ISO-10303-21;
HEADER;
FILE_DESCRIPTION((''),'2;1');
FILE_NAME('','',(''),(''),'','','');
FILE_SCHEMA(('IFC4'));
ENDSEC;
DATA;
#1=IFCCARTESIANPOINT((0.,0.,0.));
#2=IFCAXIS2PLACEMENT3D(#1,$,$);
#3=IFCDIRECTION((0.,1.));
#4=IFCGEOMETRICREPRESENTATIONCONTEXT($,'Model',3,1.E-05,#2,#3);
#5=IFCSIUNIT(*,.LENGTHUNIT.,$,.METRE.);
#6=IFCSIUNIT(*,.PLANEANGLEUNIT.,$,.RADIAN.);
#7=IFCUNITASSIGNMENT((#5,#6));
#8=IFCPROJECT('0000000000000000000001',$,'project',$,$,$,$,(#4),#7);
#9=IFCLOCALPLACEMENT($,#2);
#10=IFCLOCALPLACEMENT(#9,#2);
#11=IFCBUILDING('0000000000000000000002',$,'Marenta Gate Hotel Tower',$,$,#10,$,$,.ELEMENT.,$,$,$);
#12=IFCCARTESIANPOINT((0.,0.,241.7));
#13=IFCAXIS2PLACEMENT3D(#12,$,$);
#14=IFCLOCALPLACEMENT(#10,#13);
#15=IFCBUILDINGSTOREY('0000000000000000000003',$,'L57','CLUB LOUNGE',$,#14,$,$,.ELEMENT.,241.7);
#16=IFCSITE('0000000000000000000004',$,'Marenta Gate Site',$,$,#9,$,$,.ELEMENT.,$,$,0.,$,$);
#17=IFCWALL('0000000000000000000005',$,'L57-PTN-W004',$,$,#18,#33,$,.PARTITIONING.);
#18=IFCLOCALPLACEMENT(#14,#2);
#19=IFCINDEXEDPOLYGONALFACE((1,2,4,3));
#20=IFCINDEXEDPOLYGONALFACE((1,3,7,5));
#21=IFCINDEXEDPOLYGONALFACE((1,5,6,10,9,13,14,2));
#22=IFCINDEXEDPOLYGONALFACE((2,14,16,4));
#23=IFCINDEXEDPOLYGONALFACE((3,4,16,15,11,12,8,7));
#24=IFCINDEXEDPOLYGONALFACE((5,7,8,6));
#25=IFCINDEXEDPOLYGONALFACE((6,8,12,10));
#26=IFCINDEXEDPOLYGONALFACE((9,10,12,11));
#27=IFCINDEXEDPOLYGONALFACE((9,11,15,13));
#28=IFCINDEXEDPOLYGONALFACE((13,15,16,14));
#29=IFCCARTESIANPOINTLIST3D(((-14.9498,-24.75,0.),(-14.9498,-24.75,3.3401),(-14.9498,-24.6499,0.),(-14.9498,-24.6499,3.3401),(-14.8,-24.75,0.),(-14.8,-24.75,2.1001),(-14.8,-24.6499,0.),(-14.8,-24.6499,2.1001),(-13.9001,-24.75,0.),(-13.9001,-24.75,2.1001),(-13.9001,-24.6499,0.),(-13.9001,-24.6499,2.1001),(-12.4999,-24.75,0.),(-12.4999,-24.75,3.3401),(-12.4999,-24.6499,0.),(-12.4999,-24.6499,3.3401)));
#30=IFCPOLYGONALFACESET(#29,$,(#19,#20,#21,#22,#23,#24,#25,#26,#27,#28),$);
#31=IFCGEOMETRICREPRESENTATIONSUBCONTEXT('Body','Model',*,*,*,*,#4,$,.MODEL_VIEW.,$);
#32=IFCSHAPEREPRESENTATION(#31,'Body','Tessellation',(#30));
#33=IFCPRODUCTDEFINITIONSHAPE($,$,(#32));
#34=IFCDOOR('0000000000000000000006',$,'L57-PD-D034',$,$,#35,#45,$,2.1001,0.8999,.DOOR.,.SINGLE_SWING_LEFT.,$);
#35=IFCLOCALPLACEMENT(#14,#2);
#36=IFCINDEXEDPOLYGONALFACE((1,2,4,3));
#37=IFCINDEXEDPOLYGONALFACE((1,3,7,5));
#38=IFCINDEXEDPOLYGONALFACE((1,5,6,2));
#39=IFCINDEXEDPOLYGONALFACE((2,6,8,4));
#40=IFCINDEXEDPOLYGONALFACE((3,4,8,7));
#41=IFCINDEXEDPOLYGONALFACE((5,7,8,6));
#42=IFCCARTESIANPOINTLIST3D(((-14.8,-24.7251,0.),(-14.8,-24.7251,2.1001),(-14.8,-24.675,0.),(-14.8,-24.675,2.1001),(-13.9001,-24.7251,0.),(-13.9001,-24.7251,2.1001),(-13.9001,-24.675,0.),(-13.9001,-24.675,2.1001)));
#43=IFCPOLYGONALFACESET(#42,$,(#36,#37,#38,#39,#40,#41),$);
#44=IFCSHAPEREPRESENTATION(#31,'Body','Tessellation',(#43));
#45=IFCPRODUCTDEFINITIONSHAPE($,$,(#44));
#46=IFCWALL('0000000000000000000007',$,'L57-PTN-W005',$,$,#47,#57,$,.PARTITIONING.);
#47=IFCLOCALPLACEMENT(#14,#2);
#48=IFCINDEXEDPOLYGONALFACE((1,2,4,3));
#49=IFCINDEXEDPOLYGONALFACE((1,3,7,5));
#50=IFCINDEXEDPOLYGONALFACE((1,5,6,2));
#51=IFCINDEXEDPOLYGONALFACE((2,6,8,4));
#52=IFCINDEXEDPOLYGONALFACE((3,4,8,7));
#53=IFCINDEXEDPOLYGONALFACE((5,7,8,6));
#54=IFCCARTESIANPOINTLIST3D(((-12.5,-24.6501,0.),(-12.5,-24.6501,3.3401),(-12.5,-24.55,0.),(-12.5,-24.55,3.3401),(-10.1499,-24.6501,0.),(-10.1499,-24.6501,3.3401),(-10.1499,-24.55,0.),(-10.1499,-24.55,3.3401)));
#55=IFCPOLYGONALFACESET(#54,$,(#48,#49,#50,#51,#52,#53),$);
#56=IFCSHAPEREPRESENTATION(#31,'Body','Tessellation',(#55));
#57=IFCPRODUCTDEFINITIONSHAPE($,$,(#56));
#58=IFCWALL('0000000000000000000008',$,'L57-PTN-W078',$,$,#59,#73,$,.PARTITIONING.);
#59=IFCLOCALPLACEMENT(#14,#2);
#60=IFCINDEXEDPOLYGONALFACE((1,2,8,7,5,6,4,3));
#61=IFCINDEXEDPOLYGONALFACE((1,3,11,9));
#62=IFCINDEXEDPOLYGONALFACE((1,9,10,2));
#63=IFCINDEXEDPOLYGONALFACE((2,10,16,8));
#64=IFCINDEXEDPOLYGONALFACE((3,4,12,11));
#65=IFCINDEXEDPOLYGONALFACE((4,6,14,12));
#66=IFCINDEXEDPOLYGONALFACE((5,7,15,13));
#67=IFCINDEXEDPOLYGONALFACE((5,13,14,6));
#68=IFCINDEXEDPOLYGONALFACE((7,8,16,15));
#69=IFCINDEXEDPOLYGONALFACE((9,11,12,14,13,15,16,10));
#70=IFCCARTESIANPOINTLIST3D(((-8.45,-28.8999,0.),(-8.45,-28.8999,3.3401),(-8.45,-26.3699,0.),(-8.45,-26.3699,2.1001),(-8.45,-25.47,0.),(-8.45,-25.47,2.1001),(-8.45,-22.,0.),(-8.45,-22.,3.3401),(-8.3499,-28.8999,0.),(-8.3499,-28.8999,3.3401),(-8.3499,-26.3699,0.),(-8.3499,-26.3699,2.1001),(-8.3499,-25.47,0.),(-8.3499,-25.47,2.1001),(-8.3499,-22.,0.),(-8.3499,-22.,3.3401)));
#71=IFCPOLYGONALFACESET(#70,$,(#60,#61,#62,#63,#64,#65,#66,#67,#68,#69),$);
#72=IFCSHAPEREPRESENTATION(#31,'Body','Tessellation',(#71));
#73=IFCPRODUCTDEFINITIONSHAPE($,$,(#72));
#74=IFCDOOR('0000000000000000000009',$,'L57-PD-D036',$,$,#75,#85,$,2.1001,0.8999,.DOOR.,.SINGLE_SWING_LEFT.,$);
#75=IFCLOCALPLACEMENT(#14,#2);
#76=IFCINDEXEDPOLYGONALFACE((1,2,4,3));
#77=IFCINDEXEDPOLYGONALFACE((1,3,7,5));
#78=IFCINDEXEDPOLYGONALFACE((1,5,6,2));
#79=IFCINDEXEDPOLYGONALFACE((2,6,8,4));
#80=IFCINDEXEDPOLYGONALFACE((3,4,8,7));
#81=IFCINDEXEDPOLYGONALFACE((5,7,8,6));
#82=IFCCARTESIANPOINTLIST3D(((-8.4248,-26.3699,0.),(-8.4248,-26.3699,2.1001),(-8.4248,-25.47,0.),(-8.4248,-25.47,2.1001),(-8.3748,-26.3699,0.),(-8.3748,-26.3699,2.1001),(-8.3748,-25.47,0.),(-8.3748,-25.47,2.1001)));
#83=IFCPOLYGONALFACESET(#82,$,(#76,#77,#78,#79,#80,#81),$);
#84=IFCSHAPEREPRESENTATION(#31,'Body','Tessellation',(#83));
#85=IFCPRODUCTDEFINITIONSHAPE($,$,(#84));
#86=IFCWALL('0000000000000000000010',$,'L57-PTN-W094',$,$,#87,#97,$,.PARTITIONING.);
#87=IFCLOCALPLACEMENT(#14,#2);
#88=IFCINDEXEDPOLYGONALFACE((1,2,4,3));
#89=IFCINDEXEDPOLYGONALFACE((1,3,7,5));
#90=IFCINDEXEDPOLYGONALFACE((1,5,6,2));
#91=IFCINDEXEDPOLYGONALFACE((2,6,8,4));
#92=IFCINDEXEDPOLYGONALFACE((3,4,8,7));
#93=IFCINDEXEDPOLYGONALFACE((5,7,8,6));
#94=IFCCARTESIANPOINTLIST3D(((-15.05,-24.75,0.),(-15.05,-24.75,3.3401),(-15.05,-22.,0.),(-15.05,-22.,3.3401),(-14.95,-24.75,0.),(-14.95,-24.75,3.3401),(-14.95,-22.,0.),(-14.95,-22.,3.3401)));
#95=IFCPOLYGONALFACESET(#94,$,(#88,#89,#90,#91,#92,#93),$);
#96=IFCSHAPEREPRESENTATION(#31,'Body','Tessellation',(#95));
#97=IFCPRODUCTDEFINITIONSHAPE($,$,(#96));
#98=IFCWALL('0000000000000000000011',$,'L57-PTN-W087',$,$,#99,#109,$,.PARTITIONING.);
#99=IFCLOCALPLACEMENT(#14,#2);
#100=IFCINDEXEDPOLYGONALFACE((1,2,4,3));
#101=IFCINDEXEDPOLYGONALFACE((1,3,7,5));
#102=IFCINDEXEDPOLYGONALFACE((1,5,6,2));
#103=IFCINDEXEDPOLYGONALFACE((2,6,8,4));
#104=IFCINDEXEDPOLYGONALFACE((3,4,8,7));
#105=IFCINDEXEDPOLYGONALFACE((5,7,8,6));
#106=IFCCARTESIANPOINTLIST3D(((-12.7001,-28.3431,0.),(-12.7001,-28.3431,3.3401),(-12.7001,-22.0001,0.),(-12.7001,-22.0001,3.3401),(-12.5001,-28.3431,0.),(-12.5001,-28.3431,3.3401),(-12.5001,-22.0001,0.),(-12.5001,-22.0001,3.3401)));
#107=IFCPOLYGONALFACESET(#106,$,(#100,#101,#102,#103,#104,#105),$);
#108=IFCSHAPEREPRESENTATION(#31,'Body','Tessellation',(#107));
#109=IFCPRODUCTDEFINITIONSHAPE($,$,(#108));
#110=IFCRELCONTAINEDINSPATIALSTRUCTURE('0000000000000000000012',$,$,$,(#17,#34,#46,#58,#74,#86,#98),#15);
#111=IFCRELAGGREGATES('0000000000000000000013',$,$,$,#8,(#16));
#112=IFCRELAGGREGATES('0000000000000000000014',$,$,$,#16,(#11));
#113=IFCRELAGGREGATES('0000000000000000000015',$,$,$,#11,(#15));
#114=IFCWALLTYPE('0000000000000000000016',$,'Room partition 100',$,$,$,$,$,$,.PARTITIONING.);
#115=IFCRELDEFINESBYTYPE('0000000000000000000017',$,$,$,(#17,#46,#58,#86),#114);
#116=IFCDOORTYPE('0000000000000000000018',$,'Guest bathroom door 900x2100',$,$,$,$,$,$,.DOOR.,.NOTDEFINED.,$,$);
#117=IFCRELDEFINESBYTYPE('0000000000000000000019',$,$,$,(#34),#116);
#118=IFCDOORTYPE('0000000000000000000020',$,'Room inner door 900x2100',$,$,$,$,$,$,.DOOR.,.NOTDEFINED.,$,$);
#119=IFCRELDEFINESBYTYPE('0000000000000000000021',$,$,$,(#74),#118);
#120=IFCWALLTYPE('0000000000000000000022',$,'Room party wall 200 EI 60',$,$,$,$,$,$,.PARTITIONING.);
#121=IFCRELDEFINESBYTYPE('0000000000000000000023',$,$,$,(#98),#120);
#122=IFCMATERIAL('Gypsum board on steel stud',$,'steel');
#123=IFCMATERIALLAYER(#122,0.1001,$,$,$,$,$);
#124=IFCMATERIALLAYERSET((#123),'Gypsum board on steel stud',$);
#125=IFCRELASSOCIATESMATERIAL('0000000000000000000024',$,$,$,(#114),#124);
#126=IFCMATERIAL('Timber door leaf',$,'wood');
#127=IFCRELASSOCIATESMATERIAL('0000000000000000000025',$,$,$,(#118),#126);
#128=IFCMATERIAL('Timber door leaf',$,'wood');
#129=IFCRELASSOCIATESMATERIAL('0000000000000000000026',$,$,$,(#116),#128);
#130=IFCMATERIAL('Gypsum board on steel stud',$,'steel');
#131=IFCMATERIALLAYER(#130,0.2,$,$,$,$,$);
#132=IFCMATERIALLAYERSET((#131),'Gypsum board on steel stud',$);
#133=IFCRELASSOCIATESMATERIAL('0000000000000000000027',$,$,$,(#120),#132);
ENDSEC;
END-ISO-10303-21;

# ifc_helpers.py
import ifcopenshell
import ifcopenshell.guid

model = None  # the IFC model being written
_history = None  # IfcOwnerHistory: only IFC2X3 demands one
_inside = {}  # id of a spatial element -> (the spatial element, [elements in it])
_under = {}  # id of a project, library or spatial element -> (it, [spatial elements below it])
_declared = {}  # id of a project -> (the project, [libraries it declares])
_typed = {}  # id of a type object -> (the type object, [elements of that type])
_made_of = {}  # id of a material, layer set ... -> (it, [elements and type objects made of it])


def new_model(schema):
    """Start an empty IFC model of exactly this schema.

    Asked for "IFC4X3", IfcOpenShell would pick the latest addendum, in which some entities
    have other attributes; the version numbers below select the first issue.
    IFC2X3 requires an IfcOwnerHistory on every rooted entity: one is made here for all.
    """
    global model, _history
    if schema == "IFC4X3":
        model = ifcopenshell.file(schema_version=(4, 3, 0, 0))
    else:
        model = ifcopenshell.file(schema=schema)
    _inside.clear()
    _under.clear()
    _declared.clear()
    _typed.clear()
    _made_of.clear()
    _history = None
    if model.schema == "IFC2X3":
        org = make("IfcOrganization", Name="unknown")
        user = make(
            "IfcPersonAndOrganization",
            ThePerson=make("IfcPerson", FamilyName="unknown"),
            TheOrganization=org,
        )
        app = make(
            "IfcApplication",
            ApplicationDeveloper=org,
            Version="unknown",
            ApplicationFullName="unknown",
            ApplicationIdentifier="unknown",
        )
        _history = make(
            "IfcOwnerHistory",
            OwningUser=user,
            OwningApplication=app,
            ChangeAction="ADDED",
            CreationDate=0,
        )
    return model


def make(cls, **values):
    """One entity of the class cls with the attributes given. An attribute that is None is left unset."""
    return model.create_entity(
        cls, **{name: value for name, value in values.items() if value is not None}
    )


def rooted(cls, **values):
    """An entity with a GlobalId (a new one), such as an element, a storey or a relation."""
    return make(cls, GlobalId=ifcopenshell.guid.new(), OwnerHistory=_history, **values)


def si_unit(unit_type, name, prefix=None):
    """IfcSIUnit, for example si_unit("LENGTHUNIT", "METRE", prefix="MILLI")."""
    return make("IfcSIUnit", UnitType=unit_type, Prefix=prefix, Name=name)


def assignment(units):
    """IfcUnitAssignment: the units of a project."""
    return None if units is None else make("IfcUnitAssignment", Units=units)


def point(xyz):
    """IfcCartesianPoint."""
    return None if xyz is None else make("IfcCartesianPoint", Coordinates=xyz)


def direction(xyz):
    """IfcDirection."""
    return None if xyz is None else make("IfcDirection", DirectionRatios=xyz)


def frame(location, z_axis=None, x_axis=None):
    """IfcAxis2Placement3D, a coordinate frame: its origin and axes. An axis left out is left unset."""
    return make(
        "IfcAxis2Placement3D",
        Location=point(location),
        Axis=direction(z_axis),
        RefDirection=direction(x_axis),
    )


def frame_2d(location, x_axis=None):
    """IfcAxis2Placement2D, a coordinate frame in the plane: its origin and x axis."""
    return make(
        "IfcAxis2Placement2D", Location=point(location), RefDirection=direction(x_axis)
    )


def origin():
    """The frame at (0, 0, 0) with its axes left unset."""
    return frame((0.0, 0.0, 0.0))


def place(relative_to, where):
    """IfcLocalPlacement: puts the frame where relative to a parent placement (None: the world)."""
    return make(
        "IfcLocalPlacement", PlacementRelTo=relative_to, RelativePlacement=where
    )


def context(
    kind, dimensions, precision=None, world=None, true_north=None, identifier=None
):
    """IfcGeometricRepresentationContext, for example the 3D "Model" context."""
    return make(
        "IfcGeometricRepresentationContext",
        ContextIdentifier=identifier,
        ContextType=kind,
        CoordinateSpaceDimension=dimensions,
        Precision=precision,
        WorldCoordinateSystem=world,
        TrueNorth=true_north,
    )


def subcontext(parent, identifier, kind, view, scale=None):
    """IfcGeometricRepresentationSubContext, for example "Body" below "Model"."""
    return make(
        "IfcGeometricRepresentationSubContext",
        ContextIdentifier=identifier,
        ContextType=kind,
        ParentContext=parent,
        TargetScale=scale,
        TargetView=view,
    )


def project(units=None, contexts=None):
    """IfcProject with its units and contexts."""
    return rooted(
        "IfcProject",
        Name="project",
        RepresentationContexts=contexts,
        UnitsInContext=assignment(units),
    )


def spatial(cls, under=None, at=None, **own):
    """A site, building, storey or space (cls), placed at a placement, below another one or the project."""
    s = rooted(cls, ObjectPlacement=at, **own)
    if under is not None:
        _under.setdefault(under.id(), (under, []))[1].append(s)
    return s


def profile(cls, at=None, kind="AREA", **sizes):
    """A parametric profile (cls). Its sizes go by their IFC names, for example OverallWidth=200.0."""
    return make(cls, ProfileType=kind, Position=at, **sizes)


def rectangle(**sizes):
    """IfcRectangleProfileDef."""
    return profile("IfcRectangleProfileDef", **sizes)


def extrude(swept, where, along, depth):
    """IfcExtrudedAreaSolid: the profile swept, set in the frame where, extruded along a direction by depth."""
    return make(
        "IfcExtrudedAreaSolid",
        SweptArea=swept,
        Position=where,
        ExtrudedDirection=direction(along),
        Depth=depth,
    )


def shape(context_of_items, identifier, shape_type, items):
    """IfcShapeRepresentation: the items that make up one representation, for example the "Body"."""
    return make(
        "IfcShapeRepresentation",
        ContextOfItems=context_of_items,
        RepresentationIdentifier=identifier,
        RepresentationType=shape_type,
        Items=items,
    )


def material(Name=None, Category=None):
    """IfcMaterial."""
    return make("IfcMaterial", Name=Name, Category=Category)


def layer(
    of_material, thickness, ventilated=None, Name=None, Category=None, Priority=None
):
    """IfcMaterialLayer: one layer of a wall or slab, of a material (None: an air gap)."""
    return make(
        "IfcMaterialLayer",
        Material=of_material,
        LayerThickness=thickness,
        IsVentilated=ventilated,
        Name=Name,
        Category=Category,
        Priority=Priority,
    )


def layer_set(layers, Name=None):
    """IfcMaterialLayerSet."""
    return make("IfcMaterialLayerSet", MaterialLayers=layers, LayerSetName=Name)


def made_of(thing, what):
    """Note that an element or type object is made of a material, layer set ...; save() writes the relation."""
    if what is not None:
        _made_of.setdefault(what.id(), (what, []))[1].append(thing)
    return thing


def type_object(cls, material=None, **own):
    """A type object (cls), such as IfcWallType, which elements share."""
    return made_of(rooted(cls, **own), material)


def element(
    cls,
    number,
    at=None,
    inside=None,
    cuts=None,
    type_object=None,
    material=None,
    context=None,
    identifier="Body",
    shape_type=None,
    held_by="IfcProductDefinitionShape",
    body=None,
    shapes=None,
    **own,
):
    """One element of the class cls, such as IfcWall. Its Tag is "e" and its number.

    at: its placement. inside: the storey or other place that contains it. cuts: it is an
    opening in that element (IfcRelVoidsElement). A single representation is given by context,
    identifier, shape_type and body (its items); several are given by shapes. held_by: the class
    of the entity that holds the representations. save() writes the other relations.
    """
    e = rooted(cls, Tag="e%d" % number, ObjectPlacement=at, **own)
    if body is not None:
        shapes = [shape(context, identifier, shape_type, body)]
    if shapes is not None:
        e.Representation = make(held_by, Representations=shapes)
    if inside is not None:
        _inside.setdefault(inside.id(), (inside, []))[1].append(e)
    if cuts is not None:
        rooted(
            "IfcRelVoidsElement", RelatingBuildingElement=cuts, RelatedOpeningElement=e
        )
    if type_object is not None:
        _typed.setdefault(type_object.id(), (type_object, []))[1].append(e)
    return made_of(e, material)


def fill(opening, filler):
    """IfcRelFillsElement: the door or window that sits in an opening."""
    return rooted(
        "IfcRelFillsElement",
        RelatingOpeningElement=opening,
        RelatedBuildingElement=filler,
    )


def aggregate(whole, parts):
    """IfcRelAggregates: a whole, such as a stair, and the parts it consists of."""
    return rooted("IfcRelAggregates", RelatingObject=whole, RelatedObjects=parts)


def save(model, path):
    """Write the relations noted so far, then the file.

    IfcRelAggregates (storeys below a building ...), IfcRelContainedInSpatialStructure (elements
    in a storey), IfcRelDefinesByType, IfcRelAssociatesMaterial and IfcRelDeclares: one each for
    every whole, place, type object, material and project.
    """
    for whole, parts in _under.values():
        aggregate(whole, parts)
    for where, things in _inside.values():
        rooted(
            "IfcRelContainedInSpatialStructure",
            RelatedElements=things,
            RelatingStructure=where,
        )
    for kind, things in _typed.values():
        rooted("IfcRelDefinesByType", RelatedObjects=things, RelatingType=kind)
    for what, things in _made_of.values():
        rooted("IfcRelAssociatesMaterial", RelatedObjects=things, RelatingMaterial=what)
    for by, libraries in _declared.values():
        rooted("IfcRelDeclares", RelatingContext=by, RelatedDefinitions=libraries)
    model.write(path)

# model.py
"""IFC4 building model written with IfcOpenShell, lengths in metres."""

from ifc_helpers import new_model, si_unit, direction, frame, frame_2d, origin, place, context, subcontext, project, spatial, rectangle, extrude, material, layer, layer_set, type_object, element, fill, save


model = new_model("IFC4")

# Units and contexts
model_context = context("Model", 3, precision=1e-05, world=origin(), true_north=direction((0.0, 1.0)))
body_context = subcontext(model_context, "Body", "Model", "MODEL_VIEW")
ifc_project = project(units=[si_unit("LENGTHUNIT", "METRE"), si_unit("PLANEANGLEUNIT", "RADIAN")], contexts=[model_context])

# Site, building, storey
site_placement = place(None, origin())
site = spatial("IfcSite", under=ifc_project, at=site_placement, Name="Marenta Gate Site", CompositionType="ELEMENT", RefElevation=0.0)
building_placement = place(site_placement, origin())
building = spatial("IfcBuilding", under=site, at=building_placement, Name="Marenta Gate Hotel Tower", CompositionType="ELEMENT")
storey_placement = place(building_placement, frame((0.0, 0.0, 241.7)))
storey = spatial("IfcBuildingStorey", under=building, at=storey_placement, Name="L57", Description="CLUB LOUNGE", CompositionType="ELEMENT", Elevation=241.7)

# Wall, opening, door
ifc_material_1 = material(Name="Gypsum board on steel stud", Category="steel")
ifc_layer_1 = layer(ifc_material_1, 0.1001)
ifc_layer_set_1 = layer_set([ifc_layer_1], Name="Gypsum board on steel stud")
wall_type_1 = type_object("IfcWallType", Name="Room partition 100", PredefinedType="PARTITIONING", material=ifc_layer_set_1)
ifc_material_2 = material(Name="Timber door leaf", Category="wood")
door_type_1 = type_object("IfcDoorType", Name="Room inner door 900x2100", OperationType="NOTDEFINED", PredefinedType="DOOR", material=ifc_material_2)
wall_1_placement = place(storey_placement, frame((-14.95, -24.7, 0.0), z_axis=(0.0, 0.0, 1.0), x_axis=(1.0, 0.0, 0.0)))
wall_1 = element("IfcWall", 1, at=wall_1_placement, inside=storey, type_object=wall_type_1, Name="L57-PTN-W004", PredefinedType="PARTITIONING", context=body_context, shape_type="SweptSolid", body=[
    extrude(rectangle(XDim=2.45, YDim=0.1001, at=frame_2d((1.2251, 0.0))), origin(), (0.0, 0.0, 1.0), 3.3401),
])
opening_1_placement = place(wall_1_placement, frame((0.1499, 0.0, 0.0)))
opening_1 = element("IfcOpeningElement", 2, at=opening_1_placement, cuts=wall_1, PredefinedType="OPENING", context=body_context, shape_type="SweptSolid", body=[
    extrude(rectangle(XDim=0.8999, YDim=2.1001, at=frame_2d((0.45, 1.05))), frame((0.0, 0.05, 0.0), z_axis=(0.0, -1.0, 0.0), x_axis=(1.0, 0.0, 0.0)), (0.0, 0.0, 1.0), 0.1001),
])
ifc_material_3 = material(Name="Timber door leaf", Category="wood")
door_type_2 = type_object("IfcDoorType", Name="Guest bathroom door 900x2100", OperationType="NOTDEFINED", PredefinedType="DOOR", material=ifc_material_3)
door_1_placement = place(opening_1_placement, origin())
door_1 = element("IfcDoor", 3, at=door_1_placement, inside=storey, type_object=door_type_2, Name="L57-PD-D034", OperationType="SINGLE_SWING_LEFT", OverallHeight=2.1001, OverallWidth=0.8999, PredefinedType="DOOR", context=body_context, shape_type="SweptSolid", body=[
    extrude(rectangle(XDim=0.8999, YDim=2.1001, at=frame_2d((0.45, 1.05))), frame((0.0, 0.0249, 0.0), z_axis=(0.0, -1.0, 0.0), x_axis=(1.0, 0.0, 0.0)), (0.0, 0.0, 1.0), 0.05),
])
fill(opening_1, door_1)

# Wall
wall_2_placement = place(storey_placement, frame((-12.5, -24.6001, 0.0), z_axis=(0.0, 0.0, 1.0), x_axis=(1.0, 0.0, 0.0)))
element("IfcWall", 4, at=wall_2_placement, inside=storey, type_object=wall_type_1, Name="L57-PTN-W005", PredefinedType="PARTITIONING", context=body_context, shape_type="SweptSolid", body=[
    extrude(rectangle(XDim=2.3501, YDim=0.1001, at=frame_2d((1.175, 0.0))), origin(), (0.0, 0.0, 1.0), 3.3401),
])

# Wall, opening, door
wall_3_placement = place(storey_placement, frame((-8.3999, -28.8999, 0.0), z_axis=(0.0, 0.0, 1.0), x_axis=(0.0, 1.0, 0.0)))
wall_3 = element("IfcWall", 5, at=wall_3_placement, inside=storey, type_object=wall_type_1, Name="L57-PTN-W078", PredefinedType="PARTITIONING", context=body_context, shape_type="SweptSolid", body=[
    extrude(rectangle(XDim=6.8999, YDim=0.1001, at=frame_2d((3.45, 0.0))), origin(), (0.0, 0.0, 1.0), 3.3401),
])
opening_2_placement = place(wall_3_placement, frame((2.53, 0.0, 0.0)))
opening_2 = element("IfcOpeningElement", 6, at=opening_2_placement, cuts=wall_3, PredefinedType="OPENING", context=body_context, shape_type="SweptSolid", body=[
    extrude(rectangle(XDim=0.8999, YDim=2.1001, at=frame_2d((0.45, 1.05))), frame((0.0, 0.05, 0.0), z_axis=(0.0, -1.0, 0.0), x_axis=(1.0, 0.0, 0.0)), (0.0, 0.0, 1.0), 0.1001),
])
door_2_placement = place(opening_2_placement, origin())
door_2 = element("IfcDoor", 7, at=door_2_placement, inside=storey, type_object=door_type_1, Name="L57-PD-D036", OperationType="SINGLE_SWING_LEFT", OverallHeight=2.1001, OverallWidth=0.8999, PredefinedType="DOOR", context=body_context, shape_type="SweptSolid", body=[
    extrude(rectangle(XDim=0.8999, YDim=2.1001, at=frame_2d((0.45, 1.05))), frame((0.0, 0.0249, 0.0), z_axis=(0.0, -1.0, 0.0), x_axis=(1.0, 0.0, 0.0)), (0.0, 0.0, 1.0), 0.05),
])
fill(opening_2, door_2)

# Walls
wall_4_placement = place(storey_placement, frame((-15.0, -24.75, 0.0), z_axis=(0.0, 0.0, 1.0), x_axis=(0.0, 1.0, 0.0)))
element("IfcWall", 8, at=wall_4_placement, inside=storey, type_object=wall_type_1, Name="L57-PTN-W094", PredefinedType="PARTITIONING", context=body_context, shape_type="SweptSolid", body=[
    extrude(rectangle(XDim=2.75, YDim=0.1001, at=frame_2d((1.375, 0.0))), origin(), (0.0, 0.0, 1.0), 3.3401),
])
ifc_material_4 = material(Name="Gypsum board on steel stud", Category="steel")
ifc_layer_2 = layer(ifc_material_4, 0.2)
ifc_layer_set_2 = layer_set([ifc_layer_2], Name="Gypsum board on steel stud")
wall_type_2 = type_object("IfcWallType", Name="Room party wall 200 EI 60", PredefinedType="PARTITIONING", material=ifc_layer_set_2)
wall_5_placement = place(storey_placement, frame((-12.6001, -28.343, 0.0), z_axis=(0.0, 0.0, 1.0), x_axis=(0.0, 1.0, 0.0)))
element("IfcWall", 9, at=wall_5_placement, inside=storey, type_object=wall_type_2, Name="L57-PTN-W087", PredefinedType="PARTITIONING", context=body_context, shape_type="SweptSolid", body=[
    extrude(rectangle(XDim=6.343, YDim=0.2, at=frame_2d((3.1714, 0.0))), origin(), (0.0, 0.0, 1.0), 3.3401),
])

save(model, "model.ifc")
